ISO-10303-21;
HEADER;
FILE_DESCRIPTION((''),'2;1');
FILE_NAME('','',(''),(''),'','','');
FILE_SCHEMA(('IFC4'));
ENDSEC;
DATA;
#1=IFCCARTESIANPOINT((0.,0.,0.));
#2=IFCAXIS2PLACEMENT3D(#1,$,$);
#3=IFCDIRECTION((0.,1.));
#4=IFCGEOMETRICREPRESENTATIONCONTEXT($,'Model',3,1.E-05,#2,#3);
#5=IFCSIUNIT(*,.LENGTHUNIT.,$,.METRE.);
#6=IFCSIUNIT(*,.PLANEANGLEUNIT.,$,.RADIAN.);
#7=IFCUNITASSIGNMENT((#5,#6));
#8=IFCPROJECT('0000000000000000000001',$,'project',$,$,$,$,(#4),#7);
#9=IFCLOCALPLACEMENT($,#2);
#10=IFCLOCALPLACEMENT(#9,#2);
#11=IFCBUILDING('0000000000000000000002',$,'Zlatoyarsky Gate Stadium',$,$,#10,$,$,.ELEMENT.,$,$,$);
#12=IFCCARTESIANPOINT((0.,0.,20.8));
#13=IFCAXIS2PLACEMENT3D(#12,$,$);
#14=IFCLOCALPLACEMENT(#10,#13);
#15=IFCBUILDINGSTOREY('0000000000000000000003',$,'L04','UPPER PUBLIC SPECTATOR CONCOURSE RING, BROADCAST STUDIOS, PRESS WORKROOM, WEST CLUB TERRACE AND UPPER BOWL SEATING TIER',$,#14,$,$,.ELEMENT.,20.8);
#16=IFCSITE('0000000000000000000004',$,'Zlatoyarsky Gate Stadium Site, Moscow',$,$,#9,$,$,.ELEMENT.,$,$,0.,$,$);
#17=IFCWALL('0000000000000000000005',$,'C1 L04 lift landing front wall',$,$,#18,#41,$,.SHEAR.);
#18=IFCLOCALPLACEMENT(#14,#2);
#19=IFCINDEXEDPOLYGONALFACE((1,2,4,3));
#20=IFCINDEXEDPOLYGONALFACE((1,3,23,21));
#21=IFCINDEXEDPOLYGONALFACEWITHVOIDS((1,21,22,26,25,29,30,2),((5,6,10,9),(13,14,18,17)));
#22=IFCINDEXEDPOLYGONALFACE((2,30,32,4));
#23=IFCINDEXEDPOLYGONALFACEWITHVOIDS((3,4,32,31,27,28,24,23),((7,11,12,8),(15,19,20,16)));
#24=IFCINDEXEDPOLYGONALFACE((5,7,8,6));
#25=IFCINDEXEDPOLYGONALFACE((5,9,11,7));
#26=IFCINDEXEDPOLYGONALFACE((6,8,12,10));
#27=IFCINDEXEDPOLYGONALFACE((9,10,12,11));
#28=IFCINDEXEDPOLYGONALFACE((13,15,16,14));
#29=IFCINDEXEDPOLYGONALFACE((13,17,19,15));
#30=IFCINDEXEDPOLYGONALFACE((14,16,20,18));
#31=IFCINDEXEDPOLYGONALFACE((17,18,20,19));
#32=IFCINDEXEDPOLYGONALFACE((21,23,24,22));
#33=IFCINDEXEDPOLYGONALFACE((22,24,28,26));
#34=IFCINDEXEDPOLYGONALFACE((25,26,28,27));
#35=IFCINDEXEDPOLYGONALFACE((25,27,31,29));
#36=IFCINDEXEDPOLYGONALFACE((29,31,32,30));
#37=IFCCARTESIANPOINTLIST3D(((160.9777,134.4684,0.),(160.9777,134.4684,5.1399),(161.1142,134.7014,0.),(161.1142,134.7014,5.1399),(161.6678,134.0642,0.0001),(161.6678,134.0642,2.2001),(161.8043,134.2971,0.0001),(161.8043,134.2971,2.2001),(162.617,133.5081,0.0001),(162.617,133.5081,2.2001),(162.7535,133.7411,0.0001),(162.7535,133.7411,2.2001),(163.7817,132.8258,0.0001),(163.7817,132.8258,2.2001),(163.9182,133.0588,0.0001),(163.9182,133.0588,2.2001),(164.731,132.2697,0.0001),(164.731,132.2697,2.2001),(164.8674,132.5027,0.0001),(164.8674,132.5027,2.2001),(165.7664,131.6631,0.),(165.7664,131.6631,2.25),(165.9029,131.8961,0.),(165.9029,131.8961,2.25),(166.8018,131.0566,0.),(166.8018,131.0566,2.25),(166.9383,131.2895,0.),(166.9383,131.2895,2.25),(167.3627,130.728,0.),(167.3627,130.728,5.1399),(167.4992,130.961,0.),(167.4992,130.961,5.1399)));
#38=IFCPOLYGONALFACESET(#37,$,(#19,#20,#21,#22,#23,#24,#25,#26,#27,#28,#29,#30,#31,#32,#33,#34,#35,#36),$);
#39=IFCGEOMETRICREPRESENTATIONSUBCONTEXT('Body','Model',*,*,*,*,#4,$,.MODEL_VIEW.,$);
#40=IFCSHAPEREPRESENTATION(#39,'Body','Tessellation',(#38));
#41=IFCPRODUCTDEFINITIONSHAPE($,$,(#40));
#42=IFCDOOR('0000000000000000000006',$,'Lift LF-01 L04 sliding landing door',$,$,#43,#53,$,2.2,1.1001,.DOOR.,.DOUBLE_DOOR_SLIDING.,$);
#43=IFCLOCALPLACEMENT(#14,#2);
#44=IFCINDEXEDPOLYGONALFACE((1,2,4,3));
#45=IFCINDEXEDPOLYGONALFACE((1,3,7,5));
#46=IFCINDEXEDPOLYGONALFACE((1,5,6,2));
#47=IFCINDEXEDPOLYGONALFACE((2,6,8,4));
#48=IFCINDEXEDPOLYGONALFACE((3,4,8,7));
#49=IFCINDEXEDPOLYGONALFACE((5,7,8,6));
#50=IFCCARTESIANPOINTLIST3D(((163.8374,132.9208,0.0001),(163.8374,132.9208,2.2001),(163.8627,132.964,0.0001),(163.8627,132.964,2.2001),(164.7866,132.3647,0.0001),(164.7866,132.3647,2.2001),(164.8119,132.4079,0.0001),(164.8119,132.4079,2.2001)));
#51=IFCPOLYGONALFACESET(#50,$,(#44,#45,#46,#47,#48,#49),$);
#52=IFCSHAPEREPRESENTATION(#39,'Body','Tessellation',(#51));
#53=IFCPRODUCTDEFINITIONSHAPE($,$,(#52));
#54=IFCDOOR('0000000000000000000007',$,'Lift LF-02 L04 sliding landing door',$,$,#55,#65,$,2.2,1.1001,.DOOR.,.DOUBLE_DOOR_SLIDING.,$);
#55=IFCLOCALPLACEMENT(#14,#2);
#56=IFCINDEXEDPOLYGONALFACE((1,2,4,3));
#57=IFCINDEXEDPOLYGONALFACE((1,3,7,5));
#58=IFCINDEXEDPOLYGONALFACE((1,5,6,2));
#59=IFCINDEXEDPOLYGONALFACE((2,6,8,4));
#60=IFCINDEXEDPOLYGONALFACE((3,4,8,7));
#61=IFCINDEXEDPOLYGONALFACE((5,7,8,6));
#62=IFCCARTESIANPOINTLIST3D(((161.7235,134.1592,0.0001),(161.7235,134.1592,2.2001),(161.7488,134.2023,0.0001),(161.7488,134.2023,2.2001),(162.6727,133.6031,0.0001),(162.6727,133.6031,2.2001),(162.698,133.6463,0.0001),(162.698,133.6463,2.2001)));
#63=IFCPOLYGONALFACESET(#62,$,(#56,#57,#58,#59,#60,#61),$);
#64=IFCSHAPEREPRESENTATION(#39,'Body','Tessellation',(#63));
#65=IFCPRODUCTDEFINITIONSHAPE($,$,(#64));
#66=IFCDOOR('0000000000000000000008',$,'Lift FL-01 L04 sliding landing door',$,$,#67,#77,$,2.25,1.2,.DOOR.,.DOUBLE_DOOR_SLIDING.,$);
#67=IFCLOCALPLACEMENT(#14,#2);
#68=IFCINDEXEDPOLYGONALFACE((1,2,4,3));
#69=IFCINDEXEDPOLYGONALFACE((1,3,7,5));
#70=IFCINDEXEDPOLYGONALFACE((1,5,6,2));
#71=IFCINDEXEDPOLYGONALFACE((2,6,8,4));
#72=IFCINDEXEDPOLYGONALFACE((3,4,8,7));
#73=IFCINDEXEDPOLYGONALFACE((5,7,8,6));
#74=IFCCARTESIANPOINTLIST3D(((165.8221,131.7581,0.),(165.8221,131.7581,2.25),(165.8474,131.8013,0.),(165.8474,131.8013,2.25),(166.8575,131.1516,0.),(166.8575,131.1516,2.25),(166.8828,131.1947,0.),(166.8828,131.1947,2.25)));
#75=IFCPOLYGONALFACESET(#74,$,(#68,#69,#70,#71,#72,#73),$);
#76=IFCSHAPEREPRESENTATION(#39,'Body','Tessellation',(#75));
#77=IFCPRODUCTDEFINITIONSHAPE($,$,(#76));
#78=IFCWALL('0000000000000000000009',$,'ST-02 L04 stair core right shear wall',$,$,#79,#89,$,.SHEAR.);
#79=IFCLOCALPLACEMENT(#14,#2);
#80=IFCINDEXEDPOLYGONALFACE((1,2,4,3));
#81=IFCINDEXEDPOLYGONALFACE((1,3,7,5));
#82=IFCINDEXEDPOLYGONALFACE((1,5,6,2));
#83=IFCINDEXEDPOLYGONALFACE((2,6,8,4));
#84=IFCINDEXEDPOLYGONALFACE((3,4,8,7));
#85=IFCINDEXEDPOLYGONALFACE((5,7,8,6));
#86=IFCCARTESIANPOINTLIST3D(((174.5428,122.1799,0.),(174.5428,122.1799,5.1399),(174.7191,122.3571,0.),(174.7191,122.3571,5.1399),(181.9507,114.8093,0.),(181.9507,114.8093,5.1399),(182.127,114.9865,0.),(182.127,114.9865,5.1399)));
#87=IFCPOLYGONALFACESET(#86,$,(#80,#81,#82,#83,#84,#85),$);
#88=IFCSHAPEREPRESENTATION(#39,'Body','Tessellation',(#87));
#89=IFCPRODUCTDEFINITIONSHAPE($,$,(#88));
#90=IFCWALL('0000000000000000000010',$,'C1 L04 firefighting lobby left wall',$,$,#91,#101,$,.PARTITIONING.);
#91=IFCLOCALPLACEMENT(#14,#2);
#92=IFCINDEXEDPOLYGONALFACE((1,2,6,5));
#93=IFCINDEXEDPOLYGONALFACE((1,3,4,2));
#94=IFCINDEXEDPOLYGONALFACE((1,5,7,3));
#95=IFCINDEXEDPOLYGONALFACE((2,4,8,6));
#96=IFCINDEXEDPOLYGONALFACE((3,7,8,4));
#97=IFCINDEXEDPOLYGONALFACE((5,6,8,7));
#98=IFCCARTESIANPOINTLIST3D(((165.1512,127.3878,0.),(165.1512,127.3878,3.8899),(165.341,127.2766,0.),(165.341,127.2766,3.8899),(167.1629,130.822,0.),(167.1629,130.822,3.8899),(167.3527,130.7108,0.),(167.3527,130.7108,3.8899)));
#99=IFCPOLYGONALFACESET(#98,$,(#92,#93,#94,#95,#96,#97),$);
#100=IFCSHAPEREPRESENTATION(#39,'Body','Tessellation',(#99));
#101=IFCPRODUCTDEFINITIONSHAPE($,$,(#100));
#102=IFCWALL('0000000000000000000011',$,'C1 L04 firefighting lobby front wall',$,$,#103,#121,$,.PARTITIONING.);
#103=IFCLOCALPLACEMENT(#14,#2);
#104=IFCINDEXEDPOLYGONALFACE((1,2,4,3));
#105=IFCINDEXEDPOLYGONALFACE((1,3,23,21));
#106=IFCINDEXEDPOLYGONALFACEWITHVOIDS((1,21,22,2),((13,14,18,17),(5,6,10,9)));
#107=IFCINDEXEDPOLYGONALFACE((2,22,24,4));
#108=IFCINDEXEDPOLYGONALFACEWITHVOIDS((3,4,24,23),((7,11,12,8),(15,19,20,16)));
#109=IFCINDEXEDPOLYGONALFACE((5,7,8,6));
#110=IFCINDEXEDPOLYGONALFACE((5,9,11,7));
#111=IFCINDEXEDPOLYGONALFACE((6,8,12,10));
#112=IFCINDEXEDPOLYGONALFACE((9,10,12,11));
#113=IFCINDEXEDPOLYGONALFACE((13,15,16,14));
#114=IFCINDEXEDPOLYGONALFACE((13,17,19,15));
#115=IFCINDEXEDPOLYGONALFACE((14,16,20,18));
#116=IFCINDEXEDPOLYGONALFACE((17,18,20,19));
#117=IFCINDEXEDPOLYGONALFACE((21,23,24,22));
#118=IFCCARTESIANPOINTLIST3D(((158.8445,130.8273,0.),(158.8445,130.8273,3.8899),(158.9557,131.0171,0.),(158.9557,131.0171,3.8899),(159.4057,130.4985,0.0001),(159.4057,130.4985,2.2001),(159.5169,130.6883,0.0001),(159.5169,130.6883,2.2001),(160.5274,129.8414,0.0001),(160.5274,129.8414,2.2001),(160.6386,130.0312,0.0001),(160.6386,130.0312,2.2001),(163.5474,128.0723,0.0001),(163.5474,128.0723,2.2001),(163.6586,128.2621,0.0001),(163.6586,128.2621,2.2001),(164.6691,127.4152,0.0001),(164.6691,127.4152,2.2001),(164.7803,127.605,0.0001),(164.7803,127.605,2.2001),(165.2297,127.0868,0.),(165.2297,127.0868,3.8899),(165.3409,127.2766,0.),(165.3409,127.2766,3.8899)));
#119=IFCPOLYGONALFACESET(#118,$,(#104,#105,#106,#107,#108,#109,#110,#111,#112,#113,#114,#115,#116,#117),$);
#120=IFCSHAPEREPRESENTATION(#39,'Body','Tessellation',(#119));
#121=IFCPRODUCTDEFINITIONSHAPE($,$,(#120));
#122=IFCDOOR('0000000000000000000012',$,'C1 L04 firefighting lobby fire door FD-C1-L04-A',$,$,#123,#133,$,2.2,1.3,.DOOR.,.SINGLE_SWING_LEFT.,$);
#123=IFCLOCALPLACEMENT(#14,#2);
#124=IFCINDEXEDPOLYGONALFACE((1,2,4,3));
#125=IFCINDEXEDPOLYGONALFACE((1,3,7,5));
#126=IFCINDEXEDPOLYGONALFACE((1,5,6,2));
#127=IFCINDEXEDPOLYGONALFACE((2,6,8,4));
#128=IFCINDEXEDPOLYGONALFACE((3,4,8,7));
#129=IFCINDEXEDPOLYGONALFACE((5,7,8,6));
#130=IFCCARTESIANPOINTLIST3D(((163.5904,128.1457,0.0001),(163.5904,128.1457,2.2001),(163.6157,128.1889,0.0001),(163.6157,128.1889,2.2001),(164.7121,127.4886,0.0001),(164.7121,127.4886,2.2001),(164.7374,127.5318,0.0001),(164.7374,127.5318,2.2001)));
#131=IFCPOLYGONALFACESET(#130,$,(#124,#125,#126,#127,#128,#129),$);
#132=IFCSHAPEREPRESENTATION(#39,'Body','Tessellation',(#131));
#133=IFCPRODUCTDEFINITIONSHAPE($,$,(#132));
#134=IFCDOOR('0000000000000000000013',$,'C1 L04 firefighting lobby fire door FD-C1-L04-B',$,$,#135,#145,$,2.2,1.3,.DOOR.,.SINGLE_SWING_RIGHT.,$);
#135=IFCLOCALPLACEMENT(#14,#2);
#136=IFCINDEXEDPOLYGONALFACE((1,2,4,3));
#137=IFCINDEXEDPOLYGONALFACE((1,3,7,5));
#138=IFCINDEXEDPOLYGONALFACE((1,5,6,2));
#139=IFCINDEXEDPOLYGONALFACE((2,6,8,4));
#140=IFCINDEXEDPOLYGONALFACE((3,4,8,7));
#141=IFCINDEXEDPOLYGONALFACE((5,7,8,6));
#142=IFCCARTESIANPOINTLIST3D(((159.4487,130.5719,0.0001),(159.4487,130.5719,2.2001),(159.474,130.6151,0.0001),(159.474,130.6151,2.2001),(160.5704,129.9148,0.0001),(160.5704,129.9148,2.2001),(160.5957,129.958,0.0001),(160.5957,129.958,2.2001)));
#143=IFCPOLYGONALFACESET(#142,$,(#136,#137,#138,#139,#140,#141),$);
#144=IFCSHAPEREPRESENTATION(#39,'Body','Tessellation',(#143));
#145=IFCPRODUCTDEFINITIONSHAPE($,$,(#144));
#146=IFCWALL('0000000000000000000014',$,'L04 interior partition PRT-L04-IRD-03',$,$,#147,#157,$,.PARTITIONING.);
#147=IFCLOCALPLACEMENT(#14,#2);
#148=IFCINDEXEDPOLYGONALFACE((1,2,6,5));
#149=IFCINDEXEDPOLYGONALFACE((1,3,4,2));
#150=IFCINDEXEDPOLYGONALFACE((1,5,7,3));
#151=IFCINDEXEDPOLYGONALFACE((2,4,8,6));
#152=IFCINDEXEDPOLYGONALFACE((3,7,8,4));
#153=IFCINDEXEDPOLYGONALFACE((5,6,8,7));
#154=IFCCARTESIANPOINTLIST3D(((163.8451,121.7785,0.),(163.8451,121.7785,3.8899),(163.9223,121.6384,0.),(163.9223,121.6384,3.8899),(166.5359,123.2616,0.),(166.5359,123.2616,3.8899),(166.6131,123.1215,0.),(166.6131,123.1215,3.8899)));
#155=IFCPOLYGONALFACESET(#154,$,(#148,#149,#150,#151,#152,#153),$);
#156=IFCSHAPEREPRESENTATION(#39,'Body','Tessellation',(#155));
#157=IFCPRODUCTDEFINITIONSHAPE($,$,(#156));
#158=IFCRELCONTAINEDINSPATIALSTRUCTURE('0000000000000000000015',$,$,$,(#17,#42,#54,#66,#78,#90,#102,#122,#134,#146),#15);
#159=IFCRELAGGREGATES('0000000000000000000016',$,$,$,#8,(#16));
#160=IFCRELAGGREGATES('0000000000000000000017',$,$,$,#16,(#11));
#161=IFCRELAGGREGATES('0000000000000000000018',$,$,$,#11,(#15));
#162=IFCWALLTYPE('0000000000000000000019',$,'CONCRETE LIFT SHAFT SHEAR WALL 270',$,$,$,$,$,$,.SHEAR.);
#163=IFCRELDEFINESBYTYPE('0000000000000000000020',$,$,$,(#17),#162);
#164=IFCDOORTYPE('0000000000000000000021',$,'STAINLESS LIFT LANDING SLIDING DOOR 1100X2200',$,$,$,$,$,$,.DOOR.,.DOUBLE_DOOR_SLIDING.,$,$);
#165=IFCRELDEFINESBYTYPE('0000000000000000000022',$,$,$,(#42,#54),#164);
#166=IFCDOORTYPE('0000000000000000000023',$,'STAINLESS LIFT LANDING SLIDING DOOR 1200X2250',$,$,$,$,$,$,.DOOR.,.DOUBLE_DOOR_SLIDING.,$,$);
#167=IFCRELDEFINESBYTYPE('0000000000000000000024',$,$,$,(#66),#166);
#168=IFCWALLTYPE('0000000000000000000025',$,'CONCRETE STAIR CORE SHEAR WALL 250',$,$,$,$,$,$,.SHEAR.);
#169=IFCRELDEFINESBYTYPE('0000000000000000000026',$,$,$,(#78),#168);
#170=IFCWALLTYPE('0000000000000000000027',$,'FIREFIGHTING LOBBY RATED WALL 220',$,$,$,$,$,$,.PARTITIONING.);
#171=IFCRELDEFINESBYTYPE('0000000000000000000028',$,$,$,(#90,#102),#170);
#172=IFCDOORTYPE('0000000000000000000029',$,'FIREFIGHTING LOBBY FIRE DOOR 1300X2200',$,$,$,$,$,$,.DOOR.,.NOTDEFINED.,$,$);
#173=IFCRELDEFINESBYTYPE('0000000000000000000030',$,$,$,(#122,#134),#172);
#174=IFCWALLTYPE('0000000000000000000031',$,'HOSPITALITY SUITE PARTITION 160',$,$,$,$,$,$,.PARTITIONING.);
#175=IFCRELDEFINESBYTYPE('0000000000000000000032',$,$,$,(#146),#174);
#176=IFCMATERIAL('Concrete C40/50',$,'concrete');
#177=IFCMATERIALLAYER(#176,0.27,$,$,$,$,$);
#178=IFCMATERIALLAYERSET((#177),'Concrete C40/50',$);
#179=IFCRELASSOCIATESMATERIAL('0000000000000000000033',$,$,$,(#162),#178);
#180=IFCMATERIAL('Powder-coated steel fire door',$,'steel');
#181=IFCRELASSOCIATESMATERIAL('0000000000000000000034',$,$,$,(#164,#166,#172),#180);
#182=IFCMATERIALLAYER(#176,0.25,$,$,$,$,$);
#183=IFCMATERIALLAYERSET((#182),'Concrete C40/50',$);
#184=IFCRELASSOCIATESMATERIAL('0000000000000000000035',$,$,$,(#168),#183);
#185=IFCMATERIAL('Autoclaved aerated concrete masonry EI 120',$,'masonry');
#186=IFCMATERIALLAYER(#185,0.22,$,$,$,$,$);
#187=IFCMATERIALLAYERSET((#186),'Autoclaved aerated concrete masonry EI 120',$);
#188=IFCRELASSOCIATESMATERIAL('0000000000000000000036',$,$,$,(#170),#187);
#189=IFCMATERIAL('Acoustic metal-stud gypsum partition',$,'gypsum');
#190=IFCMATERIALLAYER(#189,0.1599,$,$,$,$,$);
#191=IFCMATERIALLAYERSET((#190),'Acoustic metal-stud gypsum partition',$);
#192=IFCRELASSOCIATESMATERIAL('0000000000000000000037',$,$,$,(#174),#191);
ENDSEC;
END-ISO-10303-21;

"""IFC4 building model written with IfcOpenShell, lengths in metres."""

from ifc_helpers import new_model, si_unit, direction, frame, frame_2d, origin, place, context, subcontext, project, spatial, rectangle, extrude, material, layer, layer_set, type_object, element, fill, save


model = new_model("IFC4")

# Units and contexts
model_context = context("Model", 3, precision=1e-05, world=origin(), true_north=direction((0.0, 1.0)))
body_context = subcontext(model_context, "Body", "Model", "MODEL_VIEW")
ifc_project = project(units=[si_unit("LENGTHUNIT", "METRE"), si_unit("PLANEANGLEUNIT", "RADIAN")], contexts=[model_context])

# Site, building, storey
site_placement = place(None, origin())
site = spatial("IfcSite", under=ifc_project, at=site_placement, Name="Zlatoyarsky Gate Stadium Site, Moscow", CompositionType="ELEMENT", RefElevation=0.0)
building_placement = place(site_placement, origin())
building = spatial("IfcBuilding", under=site, at=building_placement, Name="Zlatoyarsky Gate Stadium", CompositionType="ELEMENT")
storey_placement = place(building_placement, frame((0.0, 0.0, 20.8)))
storey = spatial("IfcBuildingStorey", under=building, at=storey_placement, Name="L04", Description="UPPER PUBLIC SPECTATOR CONCOURSE RING, BROADCAST STUDIOS, PRESS WORKROOM, WEST CLUB TERRACE AND UPPER BOWL SEATING TIER", CompositionType="ELEMENT", Elevation=20.8)

# Shared definitions
ifc_material_1 = material(Name="Concrete C40/50", Category="concrete")

# Shared definitions
ifc_material_2 = material(Name="Powder-coated steel fire door", Category="steel")

# Shared definitions
ifc_layer_1 = layer(ifc_material_1, 0.27)
ifc_layer_set_1 = layer_set([ifc_layer_1], Name="Concrete C40/50")
wall_type_1 = type_object("IfcWallType", Name="CONCRETE LIFT SHAFT SHEAR WALL 270", PredefinedType="SHEAR", material=ifc_layer_set_1)

# Wall, openings, doors
wall_1_placement = place(storey_placement, frame((167.4309, 130.8445, 0.0), z_axis=(0.0, 0.0, 1.0), x_axis=(-0.862843, 0.505472, 0.0)))
wall_1 = element("IfcWall", 1, at=wall_1_placement, inside=storey, type_object=wall_type_1, Name="C1 L04 lift landing front wall", PredefinedType="SHEAR", context=body_context, shape_type="SweptSolid", body=[
    extrude(rectangle(XDim=7.3999, YDim=0.27, at=frame_2d((3.7, 0.0))), origin(), (0.0, 0.0, 1.0), 5.1399),
])
opening_1_placement = place(wall_1_placement, frame((0.6499, 0.0, 0.0)))
opening_1 = element("IfcOpeningElement", 2, at=opening_1_placement, cuts=wall_1, PredefinedType="OPENING", context=body_context, shape_type="SweptSolid", body=[
    extrude(rectangle(XDim=1.2, YDim=2.25, at=frame_2d((0.6001, 1.125))), frame((0.0, 0.145, 0.0), z_axis=(0.0, -1.0, 0.0), x_axis=(1.0, 0.0, 0.0)), (0.0, 0.0, 1.0), 0.29),
])
opening_2_placement = place(wall_1_placement, frame((3.05, 0.0, 0.0)))
opening_2 = element("IfcOpeningElement", 3, at=opening_2_placement, cuts=wall_1, PredefinedType="OPENING", context=body_context, shape_type="SweptSolid", body=[
    extrude(rectangle(XDim=1.1001, YDim=2.2, at=frame_2d((0.55, 1.1001))), frame((0.0, 0.145, 0.0), z_axis=(0.0, -1.0, 0.0), x_axis=(1.0, 0.0, 0.0)), (0.0, 0.0, 1.0), 0.29),
])
opening_3_placement = place(wall_1_placement, frame((5.5, 0.0, 0.0)))
opening_3 = element("IfcOpeningElement", 4, at=opening_3_placement, cuts=wall_1, PredefinedType="OPENING", context=body_context, shape_type="SweptSolid", body=[
    extrude(rectangle(XDim=1.1001, YDim=2.2, at=frame_2d((0.55, 1.1001))), frame((0.0, 0.145, 0.0), z_axis=(0.0, -1.0, 0.0), x_axis=(1.0, 0.0, 0.0)), (0.0, 0.0, 1.0), 0.29),
])
door_type_1 = type_object("IfcDoorType", Name="STAINLESS LIFT LANDING SLIDING DOOR 1100X2200", OperationType="DOUBLE_DOOR_SLIDING", PredefinedType="DOOR", material=ifc_material_2)
door_1_placement = place(opening_2_placement, origin())
door_1 = element("IfcDoor", 5, at=door_1_placement, inside=storey, type_object=door_type_1, Name="Lift LF-01 L04 sliding landing door", OperationType="DOUBLE_DOOR_SLIDING", OverallHeight=2.2, OverallWidth=1.1001, PredefinedType="DOOR", context=body_context, shape_type="SweptSolid", body=[
    extrude(rectangle(XDim=1.1001, YDim=2.2, at=frame_2d((0.55, 1.1001))), frame((0.0, 0.0249, 0.0), z_axis=(0.0, -1.0, 0.0), x_axis=(1.0, 0.0, 0.0)), (0.0, 0.0, 1.0), 0.05),
])
fill(opening_2, door_1)
door_2_placement = place(opening_3_placement, origin())
door_2 = element("IfcDoor", 6, at=door_2_placement, inside=storey, type_object=door_type_1, Name="Lift LF-02 L04 sliding landing door", OperationType="DOUBLE_DOOR_SLIDING", OverallHeight=2.2, OverallWidth=1.1001, PredefinedType="DOOR", context=body_context, shape_type="SweptSolid", body=[
    extrude(rectangle(XDim=1.1001, YDim=2.2, at=frame_2d((0.55, 1.1001))), frame((0.0, 0.0249, 0.0), z_axis=(0.0, -1.0, 0.0), x_axis=(1.0, 0.0, 0.0)), (0.0, 0.0, 1.0), 0.05),
])
fill(opening_3, door_2)
door_type_2 = type_object("IfcDoorType", Name="STAINLESS LIFT LANDING SLIDING DOOR 1200X2250", OperationType="DOUBLE_DOOR_SLIDING", PredefinedType="DOOR", material=ifc_material_2)
door_3_placement = place(opening_1_placement, origin())
door_3 = element("IfcDoor", 7, at=door_3_placement, inside=storey, type_object=door_type_2, Name="Lift FL-01 L04 sliding landing door", OperationType="DOUBLE_DOOR_SLIDING", OverallHeight=2.25, OverallWidth=1.2, PredefinedType="DOOR", context=body_context, shape_type="SweptSolid", body=[
    extrude(rectangle(XDim=1.2, YDim=2.25, at=frame_2d((0.6001, 1.125))), frame((0.0, 0.0249, 0.0), z_axis=(0.0, -1.0, 0.0), x_axis=(1.0, 0.0, 0.0)), (0.0, 0.0, 1.0), 0.05),
])
fill(opening_1, door_3)

# Walls
ifc_layer_2 = layer(ifc_material_1, 0.25)
ifc_layer_set_2 = layer_set([ifc_layer_2], Name="Concrete C40/50")
wall_type_2 = type_object("IfcWallType", Name="CONCRETE STAIR CORE SHEAR WALL 250", PredefinedType="SHEAR", material=ifc_layer_set_2)
wall_2_placement = place(storey_placement, frame((174.6309, 122.2686, 0.0), z_axis=(0.0, 0.0, 1.0), x_axis=(0.708892, -0.705317, 0.0)))
element("IfcWall", 8, at=wall_2_placement, inside=storey, type_object=wall_type_2, Name="ST-02 L04 stair core right shear wall", PredefinedType="SHEAR", context=body_context, shape_type="SweptSolid", body=[
    extrude(rectangle(XDim=10.45, YDim=0.25, at=frame_2d((5.2251, 0.0))), origin(), (0.0, 0.0, 1.0), 5.1399),
])
ifc_material_3 = material(Name="Autoclaved aerated concrete masonry EI 120", Category="masonry")
ifc_layer_3 = layer(ifc_material_3, 0.22)
ifc_layer_set_3 = layer_set([ifc_layer_3], Name="Autoclaved aerated concrete masonry EI 120")
wall_type_3 = type_object("IfcWallType", Name="FIREFIGHTING LOBBY RATED WALL 220", PredefinedType="PARTITIONING", material=ifc_layer_set_3)
wall_3_placement = place(storey_placement, frame((167.2578, 130.7664, 0.0), z_axis=(0.0, 0.0, 1.0), x_axis=(-0.505464, -0.862847, 0.0)))
element("IfcWall", 9, at=wall_3_placement, inside=storey, type_object=wall_type_3, Name="C1 L04 firefighting lobby left wall", PredefinedType="PARTITIONING", context=body_context, shape_type="SweptSolid", body=[
    extrude(rectangle(XDim=3.98, YDim=0.22, at=frame_2d((1.99, 0.0))), origin(), (0.0, 0.0, 1.0), 3.8899),
])

# Wall, openings, doors
wall_4_placement = place(storey_placement, frame((165.2854, 127.1816, 0.0), z_axis=(0.0, 0.0, 1.0), x_axis=(-0.862851, 0.505458, 0.0)))
wall_4 = element("IfcWall", 10, at=wall_4_placement, inside=storey, type_object=wall_type_3, Name="C1 L04 firefighting lobby front wall", PredefinedType="PARTITIONING", context=body_context, shape_type="SweptSolid", body=[
    extrude(rectangle(XDim=7.4001, YDim=0.22, at=frame_2d((3.7002, 0.0))), origin(), (0.0, 0.0, 1.0), 3.8899),
])
opening_4_placement = place(wall_4_placement, frame((0.6499, 0.0, 0.0)))
opening_4 = element("IfcOpeningElement", 11, at=opening_4_placement, cuts=wall_4, PredefinedType="OPENING", context=body_context, shape_type="SweptSolid", body=[
    extrude(rectangle(XDim=1.3, YDim=2.2, at=frame_2d((0.6499, 1.1001))), frame((0.0, 0.1199, 0.0), z_axis=(0.0, -1.0, 0.0), x_axis=(1.0, 0.0, 0.0)), (0.0, 0.0, 1.0), 0.24),
])
opening_5_placement = place(wall_4_placement, frame((5.45, 0.0, 0.0)))
opening_5 = element("IfcOpeningElement", 12, at=opening_5_placement, cuts=wall_4, PredefinedType="OPENING", context=body_context, shape_type="SweptSolid", body=[
    extrude(rectangle(XDim=1.3, YDim=2.2, at=frame_2d((0.6499, 1.1001))), frame((0.0, 0.1199, 0.0), z_axis=(0.0, -1.0, 0.0), x_axis=(1.0, 0.0, 0.0)), (0.0, 0.0, 1.0), 0.24),
])
door_type_3 = type_object("IfcDoorType", Name="FIREFIGHTING LOBBY FIRE DOOR 1300X2200", OperationType="NOTDEFINED", PredefinedType="DOOR", material=ifc_material_2)
door_4_placement = place(opening_4_placement, origin())
door_4 = element("IfcDoor", 13, at=door_4_placement, inside=storey, type_object=door_type_3, Name="C1 L04 firefighting lobby fire door FD-C1-L04-A", OperationType="SINGLE_SWING_LEFT", OverallHeight=2.2, OverallWidth=1.3, PredefinedType="DOOR", context=body_context, shape_type="SweptSolid", body=[
    extrude(rectangle(XDim=1.3, YDim=2.2, at=frame_2d((0.6499, 1.1001))), frame((0.0, 0.0249, 0.0), z_axis=(0.0, -1.0, 0.0), x_axis=(1.0, 0.0, 0.0)), (0.0, 0.0, 1.0), 0.05),
])
fill(opening_4, door_4)
door_5_placement = place(opening_5_placement, origin())
door_5 = element("IfcDoor", 14, at=door_5_placement, inside=storey, type_object=door_type_3, Name="C1 L04 firefighting lobby fire door FD-C1-L04-B", OperationType="SINGLE_SWING_RIGHT", OverallHeight=2.2, OverallWidth=1.3, PredefinedType="DOOR", context=body_context, shape_type="SweptSolid", body=[
    extrude(rectangle(XDim=1.3, YDim=2.2, at=frame_2d((0.6499, 1.1001))), frame((0.0, 0.0249, 0.0), z_axis=(0.0, -1.0, 0.0), x_axis=(1.0, 0.0, 0.0)), (0.0, 0.0, 1.0), 0.05),
])
fill(opening_5, door_5)

# Wall
ifc_material_4 = material(Name="Acoustic metal-stud gypsum partition", Category="gypsum")
ifc_layer_4 = layer(ifc_material_4, 0.1599)
ifc_layer_set_4 = layer_set([ifc_layer_4], Name="Acoustic metal-stud gypsum partition")
wall_type_4 = type_object("IfcWallType", Name="HOSPITALITY SUITE PARTITION 160", PredefinedType="PARTITIONING", material=ifc_layer_set_4)
wall_5_placement = place(storey_placement, frame((163.8838, 121.7085, 0.0), z_axis=(0.0, 0.0, 1.0), x_axis=(0.875783, 0.482706, 0.0)))
element("IfcWall", 15, at=wall_5_placement, inside=storey, type_object=wall_type_4, Name="L04 interior partition PRT-L04-IRD-03", PredefinedType="PARTITIONING", context=body_context, shape_type="SweptSolid", body=[
    extrude(rectangle(XDim=3.0725, YDim=0.1599, at=frame_2d((1.5361, 0.0))), origin(), (0.0, 0.0, 1.0), 3.8899),
])

save(model, "model.ifc")
